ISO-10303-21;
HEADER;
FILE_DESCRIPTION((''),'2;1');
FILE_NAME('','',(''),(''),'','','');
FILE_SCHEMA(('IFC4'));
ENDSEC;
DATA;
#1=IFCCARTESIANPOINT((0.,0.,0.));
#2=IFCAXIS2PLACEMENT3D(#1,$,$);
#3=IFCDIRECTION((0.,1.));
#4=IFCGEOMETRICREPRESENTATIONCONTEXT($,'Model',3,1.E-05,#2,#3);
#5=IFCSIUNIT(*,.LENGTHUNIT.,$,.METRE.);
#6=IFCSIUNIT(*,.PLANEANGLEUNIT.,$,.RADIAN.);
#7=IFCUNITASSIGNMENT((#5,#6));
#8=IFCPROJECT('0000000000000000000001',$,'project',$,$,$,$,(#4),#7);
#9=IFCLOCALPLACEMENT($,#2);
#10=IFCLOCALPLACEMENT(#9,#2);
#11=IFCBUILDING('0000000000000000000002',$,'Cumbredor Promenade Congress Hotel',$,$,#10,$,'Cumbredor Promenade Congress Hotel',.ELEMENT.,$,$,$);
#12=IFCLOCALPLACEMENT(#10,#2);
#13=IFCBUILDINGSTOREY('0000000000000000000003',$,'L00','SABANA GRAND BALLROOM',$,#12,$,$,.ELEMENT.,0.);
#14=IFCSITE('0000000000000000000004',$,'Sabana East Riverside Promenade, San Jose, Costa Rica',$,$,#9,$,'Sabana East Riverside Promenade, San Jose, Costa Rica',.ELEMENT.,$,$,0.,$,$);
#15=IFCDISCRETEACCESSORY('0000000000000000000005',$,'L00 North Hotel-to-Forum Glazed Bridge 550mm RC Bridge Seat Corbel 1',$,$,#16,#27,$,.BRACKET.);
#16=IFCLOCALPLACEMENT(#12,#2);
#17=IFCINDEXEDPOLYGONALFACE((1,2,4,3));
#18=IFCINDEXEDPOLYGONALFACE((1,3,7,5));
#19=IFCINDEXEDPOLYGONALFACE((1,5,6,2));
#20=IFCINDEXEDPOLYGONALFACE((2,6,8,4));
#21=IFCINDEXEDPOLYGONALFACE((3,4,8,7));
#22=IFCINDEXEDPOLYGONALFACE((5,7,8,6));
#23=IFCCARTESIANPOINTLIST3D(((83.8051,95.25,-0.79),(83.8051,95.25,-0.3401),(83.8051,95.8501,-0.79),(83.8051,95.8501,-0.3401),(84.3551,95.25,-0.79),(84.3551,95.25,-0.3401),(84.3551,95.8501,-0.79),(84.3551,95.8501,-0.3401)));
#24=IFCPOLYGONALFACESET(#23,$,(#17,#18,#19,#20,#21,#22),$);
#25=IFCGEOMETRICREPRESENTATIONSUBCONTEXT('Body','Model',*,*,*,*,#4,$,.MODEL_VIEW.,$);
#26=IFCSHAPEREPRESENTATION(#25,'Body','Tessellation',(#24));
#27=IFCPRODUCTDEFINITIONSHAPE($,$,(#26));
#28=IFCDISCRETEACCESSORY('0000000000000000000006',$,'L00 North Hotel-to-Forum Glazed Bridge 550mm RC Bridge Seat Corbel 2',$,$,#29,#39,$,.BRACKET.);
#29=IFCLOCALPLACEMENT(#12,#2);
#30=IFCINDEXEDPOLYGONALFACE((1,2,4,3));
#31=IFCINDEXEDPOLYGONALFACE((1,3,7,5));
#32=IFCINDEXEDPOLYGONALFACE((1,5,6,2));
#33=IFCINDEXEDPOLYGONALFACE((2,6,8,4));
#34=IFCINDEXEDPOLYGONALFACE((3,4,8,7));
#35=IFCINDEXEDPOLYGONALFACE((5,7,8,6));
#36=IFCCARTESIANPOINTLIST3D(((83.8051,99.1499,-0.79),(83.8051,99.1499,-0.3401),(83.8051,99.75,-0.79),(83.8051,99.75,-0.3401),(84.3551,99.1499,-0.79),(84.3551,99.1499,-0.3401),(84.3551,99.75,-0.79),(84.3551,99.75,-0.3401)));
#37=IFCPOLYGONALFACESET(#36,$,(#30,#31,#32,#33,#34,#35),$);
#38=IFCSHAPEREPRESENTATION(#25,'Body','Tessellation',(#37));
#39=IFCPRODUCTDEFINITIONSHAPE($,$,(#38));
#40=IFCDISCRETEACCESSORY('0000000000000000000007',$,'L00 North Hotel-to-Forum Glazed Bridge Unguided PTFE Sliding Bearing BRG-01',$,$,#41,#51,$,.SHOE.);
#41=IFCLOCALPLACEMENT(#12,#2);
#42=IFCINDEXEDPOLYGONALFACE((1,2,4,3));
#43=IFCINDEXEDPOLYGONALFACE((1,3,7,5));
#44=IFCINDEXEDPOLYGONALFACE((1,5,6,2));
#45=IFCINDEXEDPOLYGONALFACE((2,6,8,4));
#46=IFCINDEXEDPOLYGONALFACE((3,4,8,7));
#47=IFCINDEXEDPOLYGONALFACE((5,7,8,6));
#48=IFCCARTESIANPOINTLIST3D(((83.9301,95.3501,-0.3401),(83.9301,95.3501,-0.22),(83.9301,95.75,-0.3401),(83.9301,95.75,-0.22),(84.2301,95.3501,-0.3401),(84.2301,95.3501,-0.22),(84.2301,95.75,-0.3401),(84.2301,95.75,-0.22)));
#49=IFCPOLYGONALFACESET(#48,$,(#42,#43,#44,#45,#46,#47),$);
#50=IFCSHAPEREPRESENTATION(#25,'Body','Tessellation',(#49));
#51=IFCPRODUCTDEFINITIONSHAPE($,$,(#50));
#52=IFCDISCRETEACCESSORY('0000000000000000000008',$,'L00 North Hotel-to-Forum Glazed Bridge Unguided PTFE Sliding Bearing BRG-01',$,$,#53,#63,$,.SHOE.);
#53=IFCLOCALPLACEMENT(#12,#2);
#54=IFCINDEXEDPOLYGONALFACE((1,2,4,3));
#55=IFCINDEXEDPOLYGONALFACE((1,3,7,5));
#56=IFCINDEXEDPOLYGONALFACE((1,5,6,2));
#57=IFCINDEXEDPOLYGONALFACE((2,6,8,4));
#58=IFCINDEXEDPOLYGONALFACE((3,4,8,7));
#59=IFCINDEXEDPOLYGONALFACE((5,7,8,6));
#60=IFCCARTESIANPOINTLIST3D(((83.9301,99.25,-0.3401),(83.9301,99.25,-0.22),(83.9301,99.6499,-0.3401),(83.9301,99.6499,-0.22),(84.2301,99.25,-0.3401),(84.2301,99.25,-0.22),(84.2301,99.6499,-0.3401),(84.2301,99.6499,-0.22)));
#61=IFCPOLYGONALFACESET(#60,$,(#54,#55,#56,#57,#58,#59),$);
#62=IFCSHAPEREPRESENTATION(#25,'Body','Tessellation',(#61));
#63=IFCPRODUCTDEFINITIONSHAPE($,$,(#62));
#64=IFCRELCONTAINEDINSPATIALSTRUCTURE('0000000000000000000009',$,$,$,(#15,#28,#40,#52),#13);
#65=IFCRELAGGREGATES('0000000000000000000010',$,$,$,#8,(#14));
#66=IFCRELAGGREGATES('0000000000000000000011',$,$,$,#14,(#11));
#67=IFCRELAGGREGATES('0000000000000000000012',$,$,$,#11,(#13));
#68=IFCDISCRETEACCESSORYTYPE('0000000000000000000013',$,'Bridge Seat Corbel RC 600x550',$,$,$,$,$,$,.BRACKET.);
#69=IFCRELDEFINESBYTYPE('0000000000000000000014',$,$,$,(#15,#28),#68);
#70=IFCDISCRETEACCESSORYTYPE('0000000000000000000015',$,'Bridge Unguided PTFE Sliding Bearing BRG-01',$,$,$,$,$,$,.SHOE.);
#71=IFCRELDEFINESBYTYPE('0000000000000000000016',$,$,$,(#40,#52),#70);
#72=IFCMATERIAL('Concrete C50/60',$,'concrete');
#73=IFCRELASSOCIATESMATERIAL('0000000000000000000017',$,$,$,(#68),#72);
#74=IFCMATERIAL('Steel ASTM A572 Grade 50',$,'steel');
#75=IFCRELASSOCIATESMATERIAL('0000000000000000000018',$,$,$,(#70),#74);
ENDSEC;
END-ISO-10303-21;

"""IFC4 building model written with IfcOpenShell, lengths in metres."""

from ifc_helpers import new_model, si_unit, direction, frame, origin, origin_2d, place, context, subcontext, project, spatial, rectangle, extrude, material, type_object, element, save


model = new_model("IFC4")

# Units and contexts
model_context = context("Model", 3, precision=1e-05, world=origin(), true_north=direction((0.0, 1.0)))
body_context = subcontext(model_context, "Body", "Model", "MODEL_VIEW")
ifc_project = project(units=[si_unit("LENGTHUNIT", "METRE"), si_unit("PLANEANGLEUNIT", "RADIAN")], contexts=[model_context])

# Site, building, storey
site_placement = place(None, origin())
site = spatial("IfcSite", under=ifc_project, at=site_placement, Name="Sabana East Riverside Promenade, San Jose, Costa Rica", LongName="Sabana East Riverside Promenade, San Jose, Costa Rica", CompositionType="ELEMENT", RefElevation=0.0)
building_placement = place(site_placement, origin())
building = spatial("IfcBuilding", under=site, at=building_placement, Name="Cumbredor Promenade Congress Hotel", LongName="Cumbredor Promenade Congress Hotel", CompositionType="ELEMENT")
storey_placement = place(building_placement, origin())
storey = spatial("IfcBuildingStorey", under=building, at=storey_placement, Name="L00", Description="SABANA GRAND BALLROOM", CompositionType="ELEMENT", Elevation=0.0)

# Shared definitions
ifc_material_1 = material(Name="Steel ASTM A572 Grade 50", Category="steel")

# Discrete accessories
ifc_material_2 = material(Name="Concrete C50/60", Category="concrete")
discrete_accessory_type_1 = type_object("IfcDiscreteAccessoryType", Name="Bridge Seat Corbel RC 600x550", PredefinedType="BRACKET", material=ifc_material_2)
for number, where, z_axis, x_axis, name in (
    (1, (84.0801, 95.55, -0.79), (0.0, 0.0, 1.0), (1.0, 0.0, 0.0), "L00 North Hotel-to-Forum Glazed Bridge 550mm RC Bridge Seat Corbel 1"),
    (2, (84.0801, 99.45, -0.79), (0.0, 0.0, 1.0), (1.0, 0.0, 0.0), "L00 North Hotel-to-Forum Glazed Bridge 550mm RC Bridge Seat Corbel 2"),
):
    element("IfcDiscreteAccessory", number, at=place(storey_placement, frame(where, z_axis=z_axis, x_axis=x_axis)), inside=storey, type_object=discrete_accessory_type_1, Name=name, PredefinedType="BRACKET", context=body_context, shape_type="SweptSolid", body=[
        extrude(rectangle(XDim=0.55, YDim=0.6001, at=origin_2d()), origin(), (0.0, 0.0, 1.0), 0.45),
    ])
discrete_accessory_type_2 = type_object("IfcDiscreteAccessoryType", Name="Bridge Unguided PTFE Sliding Bearing BRG-01", PredefinedType="SHOE", material=ifc_material_1)
for number, where, z_axis, x_axis, name in (
    (3, (84.0801, 95.55, -0.3401), (0.0, 0.0, 1.0), (1.0, 0.0, 0.0), "L00 North Hotel-to-Forum Glazed Bridge Unguided PTFE Sliding Bearing BRG-01"),
    (4, (84.0801, 99.45, -0.3401), (0.0, 0.0, 1.0), (1.0, 0.0, 0.0), "L00 North Hotel-to-Forum Glazed Bridge Unguided PTFE Sliding Bearing BRG-01"),
):
    element("IfcDiscreteAccessory", number, at=place(storey_placement, frame(where, z_axis=z_axis, x_axis=x_axis)), inside=storey, type_object=discrete_accessory_type_2, Name=name, PredefinedType="SHOE", context=body_context, shape_type="SweptSolid", body=[
        extrude(rectangle(XDim=0.3, YDim=0.3999, at=origin_2d()), origin(), (0.0, 0.0, 1.0), 0.1201),
    ])

save(model, "model.ifc")
